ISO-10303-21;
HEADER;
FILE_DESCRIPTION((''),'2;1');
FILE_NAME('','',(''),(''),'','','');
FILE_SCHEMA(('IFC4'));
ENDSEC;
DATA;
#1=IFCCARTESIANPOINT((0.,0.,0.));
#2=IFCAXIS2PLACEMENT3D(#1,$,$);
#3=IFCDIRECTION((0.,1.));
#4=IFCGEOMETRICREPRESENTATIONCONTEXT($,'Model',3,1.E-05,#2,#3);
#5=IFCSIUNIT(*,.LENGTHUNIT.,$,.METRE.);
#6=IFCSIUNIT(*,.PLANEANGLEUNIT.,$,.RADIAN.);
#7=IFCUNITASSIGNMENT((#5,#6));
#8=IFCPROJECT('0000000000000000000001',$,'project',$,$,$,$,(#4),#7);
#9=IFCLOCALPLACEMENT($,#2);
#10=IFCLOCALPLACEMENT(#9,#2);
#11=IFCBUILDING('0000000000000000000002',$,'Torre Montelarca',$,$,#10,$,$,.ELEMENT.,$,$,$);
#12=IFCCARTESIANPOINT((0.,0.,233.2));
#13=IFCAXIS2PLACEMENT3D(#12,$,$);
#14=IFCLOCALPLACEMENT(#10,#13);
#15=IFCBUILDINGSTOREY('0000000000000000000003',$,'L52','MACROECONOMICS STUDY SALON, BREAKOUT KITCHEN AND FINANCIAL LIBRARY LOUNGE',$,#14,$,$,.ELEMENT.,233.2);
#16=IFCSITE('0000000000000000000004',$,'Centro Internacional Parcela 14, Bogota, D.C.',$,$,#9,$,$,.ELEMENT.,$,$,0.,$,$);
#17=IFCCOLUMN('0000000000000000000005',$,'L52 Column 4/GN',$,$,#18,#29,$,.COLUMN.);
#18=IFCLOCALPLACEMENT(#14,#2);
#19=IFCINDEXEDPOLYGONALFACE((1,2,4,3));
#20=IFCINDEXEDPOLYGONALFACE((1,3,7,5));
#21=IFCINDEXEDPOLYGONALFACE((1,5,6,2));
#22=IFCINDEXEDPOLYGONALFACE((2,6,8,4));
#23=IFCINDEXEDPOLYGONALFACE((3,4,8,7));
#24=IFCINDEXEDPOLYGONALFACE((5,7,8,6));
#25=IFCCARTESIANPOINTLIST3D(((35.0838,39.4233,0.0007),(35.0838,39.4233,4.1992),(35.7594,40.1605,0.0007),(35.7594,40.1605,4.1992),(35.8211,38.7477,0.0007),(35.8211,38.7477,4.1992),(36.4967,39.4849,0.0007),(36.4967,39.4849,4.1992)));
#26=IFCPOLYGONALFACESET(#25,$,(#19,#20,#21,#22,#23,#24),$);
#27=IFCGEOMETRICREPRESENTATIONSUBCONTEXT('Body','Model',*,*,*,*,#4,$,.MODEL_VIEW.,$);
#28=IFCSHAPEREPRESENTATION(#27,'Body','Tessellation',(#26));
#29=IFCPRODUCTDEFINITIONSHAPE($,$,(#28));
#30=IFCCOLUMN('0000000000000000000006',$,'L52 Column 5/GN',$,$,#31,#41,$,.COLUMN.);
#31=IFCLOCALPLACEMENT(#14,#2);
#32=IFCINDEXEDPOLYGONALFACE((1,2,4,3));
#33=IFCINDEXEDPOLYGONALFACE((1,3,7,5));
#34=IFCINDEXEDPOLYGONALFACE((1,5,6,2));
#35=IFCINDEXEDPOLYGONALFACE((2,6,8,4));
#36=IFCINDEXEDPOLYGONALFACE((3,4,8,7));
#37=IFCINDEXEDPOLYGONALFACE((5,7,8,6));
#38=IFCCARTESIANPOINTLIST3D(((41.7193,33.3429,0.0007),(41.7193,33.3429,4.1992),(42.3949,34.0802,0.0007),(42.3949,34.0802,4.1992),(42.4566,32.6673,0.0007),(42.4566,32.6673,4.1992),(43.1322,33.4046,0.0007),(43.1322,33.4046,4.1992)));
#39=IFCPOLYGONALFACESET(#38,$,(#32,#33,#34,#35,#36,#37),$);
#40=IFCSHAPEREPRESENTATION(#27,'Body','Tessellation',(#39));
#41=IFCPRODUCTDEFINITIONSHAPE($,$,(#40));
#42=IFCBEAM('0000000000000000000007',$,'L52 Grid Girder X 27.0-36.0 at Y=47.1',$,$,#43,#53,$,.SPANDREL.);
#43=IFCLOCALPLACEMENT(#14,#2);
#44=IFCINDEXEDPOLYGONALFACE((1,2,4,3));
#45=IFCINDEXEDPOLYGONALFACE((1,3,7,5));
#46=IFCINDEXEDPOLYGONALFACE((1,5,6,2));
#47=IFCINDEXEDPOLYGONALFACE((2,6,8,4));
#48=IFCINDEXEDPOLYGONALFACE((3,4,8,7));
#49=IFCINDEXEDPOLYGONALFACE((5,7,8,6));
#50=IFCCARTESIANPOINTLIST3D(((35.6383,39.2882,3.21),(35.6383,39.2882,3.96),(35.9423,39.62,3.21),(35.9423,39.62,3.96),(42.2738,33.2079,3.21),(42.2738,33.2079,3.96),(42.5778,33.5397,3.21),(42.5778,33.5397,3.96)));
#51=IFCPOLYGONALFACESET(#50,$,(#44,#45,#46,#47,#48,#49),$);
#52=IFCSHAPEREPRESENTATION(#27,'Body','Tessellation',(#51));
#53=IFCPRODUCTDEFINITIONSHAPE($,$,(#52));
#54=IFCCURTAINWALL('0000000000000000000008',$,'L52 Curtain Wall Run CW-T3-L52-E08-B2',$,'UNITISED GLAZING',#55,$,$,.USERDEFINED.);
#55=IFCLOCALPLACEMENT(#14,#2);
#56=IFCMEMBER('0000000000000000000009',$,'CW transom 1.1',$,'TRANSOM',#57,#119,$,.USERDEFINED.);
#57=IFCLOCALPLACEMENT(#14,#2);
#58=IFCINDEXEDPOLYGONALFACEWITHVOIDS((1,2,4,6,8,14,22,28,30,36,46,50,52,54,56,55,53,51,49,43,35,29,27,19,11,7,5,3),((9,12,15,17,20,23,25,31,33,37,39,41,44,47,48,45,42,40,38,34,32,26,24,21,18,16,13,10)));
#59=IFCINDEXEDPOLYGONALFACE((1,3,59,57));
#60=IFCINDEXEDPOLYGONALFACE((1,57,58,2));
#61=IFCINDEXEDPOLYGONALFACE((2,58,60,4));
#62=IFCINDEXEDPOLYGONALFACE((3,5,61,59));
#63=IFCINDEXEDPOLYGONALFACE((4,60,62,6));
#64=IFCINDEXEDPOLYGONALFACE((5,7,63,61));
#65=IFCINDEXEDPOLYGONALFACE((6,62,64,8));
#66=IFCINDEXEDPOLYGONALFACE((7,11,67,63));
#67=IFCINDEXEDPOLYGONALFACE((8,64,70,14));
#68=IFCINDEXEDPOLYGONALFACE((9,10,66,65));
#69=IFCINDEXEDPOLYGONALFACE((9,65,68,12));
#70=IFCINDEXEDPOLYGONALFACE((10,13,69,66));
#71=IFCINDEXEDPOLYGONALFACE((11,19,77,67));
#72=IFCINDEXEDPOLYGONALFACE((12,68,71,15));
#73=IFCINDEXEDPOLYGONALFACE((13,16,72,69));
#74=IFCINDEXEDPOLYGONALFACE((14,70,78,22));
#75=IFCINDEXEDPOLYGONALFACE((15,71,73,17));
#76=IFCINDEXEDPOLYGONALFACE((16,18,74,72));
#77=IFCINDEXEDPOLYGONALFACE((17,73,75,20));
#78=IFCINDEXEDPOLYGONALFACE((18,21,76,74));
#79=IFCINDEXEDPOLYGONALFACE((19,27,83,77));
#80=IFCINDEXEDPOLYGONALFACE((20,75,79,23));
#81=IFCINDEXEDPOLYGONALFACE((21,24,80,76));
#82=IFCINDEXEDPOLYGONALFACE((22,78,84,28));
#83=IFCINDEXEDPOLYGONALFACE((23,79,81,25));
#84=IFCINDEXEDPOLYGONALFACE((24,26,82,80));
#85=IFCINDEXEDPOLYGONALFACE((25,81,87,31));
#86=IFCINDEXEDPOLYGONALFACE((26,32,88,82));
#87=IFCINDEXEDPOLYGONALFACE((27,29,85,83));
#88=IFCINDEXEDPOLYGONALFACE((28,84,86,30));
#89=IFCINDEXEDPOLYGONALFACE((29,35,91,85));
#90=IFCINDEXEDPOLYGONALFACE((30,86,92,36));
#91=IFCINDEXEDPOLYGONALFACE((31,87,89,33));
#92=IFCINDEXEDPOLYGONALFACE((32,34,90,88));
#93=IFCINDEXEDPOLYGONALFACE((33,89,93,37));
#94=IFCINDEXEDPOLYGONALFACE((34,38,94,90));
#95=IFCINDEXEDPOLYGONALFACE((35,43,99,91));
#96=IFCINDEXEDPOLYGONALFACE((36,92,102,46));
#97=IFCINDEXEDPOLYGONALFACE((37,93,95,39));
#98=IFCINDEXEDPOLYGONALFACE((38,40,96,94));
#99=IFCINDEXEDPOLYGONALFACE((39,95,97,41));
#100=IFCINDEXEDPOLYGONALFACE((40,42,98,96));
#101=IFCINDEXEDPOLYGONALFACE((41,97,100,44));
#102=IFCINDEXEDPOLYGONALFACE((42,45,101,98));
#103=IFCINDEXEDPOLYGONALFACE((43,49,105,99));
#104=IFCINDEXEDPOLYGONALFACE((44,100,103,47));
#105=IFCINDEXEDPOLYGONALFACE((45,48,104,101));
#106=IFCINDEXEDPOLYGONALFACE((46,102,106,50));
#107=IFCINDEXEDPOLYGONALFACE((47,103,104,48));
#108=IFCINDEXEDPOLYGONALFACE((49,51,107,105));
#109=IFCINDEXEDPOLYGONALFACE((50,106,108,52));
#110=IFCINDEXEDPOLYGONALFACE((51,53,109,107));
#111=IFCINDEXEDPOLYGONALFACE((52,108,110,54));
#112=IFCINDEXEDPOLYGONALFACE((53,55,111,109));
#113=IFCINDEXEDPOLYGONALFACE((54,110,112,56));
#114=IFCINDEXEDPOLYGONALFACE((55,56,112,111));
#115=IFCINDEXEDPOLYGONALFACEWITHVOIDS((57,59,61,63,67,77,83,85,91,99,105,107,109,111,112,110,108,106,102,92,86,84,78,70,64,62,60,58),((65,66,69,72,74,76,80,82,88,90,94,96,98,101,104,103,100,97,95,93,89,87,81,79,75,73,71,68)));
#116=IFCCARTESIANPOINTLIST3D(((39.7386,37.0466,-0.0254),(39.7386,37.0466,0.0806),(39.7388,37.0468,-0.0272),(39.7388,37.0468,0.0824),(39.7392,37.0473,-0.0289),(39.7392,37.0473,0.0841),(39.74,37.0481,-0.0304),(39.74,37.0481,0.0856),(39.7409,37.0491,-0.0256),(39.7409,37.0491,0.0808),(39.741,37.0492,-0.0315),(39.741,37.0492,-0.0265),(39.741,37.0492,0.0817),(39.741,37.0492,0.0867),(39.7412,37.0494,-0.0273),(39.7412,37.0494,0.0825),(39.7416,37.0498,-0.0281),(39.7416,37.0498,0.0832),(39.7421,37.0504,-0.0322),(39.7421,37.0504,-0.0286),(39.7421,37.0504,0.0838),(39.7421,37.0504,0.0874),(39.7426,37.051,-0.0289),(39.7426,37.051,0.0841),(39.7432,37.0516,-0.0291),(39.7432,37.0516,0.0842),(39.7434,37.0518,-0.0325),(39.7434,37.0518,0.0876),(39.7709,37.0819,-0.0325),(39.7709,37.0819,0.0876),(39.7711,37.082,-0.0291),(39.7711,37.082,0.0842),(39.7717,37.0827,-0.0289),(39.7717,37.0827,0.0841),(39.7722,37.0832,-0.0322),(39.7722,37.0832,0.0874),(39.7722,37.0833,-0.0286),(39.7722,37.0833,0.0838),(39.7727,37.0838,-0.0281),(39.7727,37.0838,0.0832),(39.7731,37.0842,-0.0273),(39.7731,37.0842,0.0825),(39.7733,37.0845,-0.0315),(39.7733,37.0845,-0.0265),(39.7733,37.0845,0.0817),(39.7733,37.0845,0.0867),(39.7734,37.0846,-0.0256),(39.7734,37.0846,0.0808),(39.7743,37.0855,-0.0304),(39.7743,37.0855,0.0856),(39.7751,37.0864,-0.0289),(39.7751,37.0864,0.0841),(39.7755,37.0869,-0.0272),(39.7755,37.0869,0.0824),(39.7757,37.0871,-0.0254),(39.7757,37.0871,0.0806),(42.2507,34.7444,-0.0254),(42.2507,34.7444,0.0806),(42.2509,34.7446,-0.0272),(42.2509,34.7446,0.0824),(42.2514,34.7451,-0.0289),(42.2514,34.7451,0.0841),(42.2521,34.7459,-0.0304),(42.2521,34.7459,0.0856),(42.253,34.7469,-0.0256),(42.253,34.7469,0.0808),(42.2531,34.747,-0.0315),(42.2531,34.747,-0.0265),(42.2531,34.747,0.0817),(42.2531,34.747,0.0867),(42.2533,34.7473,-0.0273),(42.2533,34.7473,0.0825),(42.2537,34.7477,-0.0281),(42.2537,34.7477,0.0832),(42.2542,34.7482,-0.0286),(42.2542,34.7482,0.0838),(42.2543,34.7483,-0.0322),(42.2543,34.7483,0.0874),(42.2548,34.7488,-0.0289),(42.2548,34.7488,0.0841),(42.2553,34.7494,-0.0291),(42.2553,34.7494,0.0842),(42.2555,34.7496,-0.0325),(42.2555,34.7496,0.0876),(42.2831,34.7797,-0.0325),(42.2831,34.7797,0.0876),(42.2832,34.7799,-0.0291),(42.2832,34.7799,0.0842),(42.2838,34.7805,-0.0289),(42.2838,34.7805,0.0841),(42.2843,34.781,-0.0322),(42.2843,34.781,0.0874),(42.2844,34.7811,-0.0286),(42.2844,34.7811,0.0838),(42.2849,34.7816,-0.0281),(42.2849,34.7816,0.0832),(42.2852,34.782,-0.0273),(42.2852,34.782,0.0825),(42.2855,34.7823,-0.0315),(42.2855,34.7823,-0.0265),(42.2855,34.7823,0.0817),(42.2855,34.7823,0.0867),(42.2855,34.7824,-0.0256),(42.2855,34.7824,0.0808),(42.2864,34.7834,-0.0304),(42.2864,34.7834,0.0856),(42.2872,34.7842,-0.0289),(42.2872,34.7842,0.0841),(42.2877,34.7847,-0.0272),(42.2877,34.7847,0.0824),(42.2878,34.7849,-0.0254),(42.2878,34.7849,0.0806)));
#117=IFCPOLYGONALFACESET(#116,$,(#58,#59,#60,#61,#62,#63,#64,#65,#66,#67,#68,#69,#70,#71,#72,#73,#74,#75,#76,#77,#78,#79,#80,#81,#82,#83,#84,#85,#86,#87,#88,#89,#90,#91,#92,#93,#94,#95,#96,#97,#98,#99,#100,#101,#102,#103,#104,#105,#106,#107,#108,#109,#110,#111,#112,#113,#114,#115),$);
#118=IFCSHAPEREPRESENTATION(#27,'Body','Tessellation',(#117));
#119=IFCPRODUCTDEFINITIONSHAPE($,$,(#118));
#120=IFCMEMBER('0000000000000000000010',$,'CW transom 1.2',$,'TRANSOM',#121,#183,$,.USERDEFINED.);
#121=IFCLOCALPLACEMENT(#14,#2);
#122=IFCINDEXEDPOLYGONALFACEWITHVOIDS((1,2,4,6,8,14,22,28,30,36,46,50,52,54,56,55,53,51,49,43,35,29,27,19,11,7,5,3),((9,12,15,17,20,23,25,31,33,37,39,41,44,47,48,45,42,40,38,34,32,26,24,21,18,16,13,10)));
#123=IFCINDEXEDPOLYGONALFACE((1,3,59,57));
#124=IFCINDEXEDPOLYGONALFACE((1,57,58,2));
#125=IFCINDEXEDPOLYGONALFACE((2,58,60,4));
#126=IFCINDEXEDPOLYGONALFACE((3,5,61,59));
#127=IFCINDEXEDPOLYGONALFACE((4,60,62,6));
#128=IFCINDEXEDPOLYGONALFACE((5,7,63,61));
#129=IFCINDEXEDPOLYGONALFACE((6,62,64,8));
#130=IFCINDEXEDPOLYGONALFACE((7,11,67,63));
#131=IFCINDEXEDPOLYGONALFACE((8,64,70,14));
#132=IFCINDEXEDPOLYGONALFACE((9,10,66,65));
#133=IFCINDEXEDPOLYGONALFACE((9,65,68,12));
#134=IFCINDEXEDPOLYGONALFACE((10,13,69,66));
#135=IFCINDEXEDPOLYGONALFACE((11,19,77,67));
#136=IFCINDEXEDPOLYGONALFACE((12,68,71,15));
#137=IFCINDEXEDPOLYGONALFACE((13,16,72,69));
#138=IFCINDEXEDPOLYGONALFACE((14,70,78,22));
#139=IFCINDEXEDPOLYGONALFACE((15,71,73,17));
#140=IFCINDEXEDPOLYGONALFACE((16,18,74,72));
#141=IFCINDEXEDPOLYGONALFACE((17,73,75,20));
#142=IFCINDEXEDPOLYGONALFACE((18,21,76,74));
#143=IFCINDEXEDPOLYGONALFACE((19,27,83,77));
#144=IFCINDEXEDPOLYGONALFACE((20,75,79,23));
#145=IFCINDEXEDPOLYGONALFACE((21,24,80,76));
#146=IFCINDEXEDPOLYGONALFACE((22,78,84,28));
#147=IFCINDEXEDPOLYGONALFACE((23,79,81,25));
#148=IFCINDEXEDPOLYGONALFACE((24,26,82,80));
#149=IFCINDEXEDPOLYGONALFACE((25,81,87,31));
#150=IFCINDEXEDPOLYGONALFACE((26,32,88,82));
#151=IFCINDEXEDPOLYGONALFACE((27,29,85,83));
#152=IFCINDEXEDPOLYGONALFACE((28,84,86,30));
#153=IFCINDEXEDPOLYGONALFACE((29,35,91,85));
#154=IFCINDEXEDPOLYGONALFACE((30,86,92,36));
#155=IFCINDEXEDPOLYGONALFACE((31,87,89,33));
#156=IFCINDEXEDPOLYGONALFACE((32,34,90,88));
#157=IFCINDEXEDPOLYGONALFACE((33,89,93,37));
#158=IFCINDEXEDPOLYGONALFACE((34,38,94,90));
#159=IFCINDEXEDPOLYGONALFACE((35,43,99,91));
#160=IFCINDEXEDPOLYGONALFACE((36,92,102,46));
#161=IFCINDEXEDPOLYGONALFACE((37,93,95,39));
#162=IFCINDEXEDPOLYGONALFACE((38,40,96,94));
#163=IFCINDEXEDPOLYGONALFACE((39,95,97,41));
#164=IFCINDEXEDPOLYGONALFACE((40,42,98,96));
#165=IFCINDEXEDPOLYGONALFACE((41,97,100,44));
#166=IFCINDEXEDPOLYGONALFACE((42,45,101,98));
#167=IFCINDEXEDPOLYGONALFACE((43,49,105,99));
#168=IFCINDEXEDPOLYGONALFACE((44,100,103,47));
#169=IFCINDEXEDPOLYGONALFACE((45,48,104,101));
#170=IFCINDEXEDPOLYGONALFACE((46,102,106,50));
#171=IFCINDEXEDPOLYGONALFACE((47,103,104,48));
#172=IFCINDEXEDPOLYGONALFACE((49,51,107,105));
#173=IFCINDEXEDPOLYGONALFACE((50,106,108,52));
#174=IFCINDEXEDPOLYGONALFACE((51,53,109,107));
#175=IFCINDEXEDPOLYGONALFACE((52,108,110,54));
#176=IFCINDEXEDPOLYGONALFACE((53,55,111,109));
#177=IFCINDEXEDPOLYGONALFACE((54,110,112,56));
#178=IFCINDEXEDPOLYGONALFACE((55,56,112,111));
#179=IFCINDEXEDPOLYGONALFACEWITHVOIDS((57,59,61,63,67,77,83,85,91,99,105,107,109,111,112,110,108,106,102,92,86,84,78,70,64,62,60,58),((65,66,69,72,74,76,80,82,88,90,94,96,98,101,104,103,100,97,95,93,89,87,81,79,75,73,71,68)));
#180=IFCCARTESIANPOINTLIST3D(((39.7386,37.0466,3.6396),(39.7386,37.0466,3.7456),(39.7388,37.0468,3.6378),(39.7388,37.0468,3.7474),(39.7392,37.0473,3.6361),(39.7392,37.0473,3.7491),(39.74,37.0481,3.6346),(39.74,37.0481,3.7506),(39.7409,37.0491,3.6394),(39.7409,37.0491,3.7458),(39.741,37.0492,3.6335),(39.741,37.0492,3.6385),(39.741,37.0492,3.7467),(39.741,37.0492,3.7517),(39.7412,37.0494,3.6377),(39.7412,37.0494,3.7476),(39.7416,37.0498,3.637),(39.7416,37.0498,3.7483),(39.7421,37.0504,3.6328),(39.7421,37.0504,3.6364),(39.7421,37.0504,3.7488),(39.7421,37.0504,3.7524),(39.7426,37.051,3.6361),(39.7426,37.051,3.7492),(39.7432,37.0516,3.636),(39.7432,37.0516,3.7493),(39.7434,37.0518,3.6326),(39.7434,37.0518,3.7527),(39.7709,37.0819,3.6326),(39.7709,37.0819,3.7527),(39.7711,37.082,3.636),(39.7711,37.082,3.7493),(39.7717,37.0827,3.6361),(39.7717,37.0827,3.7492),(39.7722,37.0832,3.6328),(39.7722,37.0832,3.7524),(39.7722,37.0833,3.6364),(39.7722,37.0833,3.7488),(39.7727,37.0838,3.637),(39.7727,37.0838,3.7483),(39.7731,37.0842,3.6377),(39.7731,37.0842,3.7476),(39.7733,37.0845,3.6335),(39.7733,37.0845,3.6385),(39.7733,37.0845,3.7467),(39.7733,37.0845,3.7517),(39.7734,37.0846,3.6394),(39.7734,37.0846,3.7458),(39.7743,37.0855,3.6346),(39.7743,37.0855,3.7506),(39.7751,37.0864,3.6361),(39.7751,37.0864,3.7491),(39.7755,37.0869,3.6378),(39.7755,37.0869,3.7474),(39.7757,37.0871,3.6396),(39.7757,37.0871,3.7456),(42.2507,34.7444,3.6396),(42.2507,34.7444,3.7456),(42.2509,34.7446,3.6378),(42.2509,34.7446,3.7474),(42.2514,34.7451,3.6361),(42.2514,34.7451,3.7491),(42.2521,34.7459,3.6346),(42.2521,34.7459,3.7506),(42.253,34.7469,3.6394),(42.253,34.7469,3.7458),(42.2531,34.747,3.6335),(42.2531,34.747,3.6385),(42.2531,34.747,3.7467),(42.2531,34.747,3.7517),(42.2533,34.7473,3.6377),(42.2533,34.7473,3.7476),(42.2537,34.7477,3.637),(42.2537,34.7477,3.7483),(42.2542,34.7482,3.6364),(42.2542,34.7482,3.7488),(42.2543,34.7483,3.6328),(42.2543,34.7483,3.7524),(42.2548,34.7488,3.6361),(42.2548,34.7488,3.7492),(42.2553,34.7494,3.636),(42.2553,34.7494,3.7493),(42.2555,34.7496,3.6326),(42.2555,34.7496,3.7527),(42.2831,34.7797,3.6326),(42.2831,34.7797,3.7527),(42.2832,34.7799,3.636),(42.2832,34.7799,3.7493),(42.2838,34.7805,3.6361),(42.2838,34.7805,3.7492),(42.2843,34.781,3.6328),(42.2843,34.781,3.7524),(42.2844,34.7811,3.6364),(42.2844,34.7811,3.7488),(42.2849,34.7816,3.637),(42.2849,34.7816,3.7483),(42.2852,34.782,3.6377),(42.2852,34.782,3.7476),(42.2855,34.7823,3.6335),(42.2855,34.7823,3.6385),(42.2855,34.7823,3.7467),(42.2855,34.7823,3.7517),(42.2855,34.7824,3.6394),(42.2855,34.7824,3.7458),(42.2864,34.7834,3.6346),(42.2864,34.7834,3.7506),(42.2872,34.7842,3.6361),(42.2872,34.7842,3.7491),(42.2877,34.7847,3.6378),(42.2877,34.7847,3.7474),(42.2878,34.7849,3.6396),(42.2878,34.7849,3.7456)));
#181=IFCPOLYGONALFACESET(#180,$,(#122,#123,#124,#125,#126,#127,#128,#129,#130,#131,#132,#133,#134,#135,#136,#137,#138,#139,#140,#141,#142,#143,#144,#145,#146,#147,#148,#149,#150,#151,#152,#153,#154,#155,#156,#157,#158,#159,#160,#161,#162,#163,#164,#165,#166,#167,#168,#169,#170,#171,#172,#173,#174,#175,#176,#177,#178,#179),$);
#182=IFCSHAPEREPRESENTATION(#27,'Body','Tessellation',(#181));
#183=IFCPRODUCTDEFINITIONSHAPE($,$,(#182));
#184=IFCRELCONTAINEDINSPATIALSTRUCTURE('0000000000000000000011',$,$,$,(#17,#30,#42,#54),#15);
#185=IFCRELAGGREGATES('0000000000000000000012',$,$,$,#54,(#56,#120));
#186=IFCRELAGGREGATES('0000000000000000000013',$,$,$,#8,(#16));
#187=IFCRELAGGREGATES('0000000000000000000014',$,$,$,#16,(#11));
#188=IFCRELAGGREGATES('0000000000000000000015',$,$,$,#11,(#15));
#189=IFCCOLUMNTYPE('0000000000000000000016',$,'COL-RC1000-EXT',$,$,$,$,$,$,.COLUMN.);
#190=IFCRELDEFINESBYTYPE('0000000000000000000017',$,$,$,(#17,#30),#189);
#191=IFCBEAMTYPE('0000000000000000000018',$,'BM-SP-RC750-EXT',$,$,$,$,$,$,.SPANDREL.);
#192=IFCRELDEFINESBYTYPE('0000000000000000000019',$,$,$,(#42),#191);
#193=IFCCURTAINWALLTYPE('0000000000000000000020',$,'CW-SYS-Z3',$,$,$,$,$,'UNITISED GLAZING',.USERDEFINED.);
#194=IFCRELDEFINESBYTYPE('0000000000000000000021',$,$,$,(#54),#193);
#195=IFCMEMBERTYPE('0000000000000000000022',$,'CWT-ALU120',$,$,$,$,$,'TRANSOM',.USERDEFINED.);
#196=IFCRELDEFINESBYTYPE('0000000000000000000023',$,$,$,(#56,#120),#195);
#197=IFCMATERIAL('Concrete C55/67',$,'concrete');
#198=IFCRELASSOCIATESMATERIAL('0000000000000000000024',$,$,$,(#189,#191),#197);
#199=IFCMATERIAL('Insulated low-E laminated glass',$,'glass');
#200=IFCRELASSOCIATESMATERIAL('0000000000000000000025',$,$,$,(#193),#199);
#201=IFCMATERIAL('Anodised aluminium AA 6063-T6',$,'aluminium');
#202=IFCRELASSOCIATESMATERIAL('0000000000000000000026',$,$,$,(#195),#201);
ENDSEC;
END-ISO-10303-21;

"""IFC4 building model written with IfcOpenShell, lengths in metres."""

from ifc_helpers import new_model, si_unit, direction, frame, origin, origin_2d, place, context, subcontext, project, spatial, rectangle, hollow_rectangle, extrude, source, transform, mapped, material, material_profile, profile_set, type_object, element, aggregate, save


model = new_model("IFC4")

# Units and contexts
model_context = context("Model", 3, precision=1e-05, world=origin(), true_north=direction((0.0, 1.0)))
body_context = subcontext(model_context, "Body", "Model", "MODEL_VIEW")
ifc_project = project(units=[si_unit("LENGTHUNIT", "METRE"), si_unit("PLANEANGLEUNIT", "RADIAN")], contexts=[model_context])

# Site, building, storey
site_placement = place(None, origin())
site = spatial("IfcSite", under=ifc_project, at=site_placement, Name="Centro Internacional Parcela 14, Bogota, D.C.", CompositionType="ELEMENT", RefElevation=0.0)
building_placement = place(site_placement, origin())
building = spatial("IfcBuilding", under=site, at=building_placement, Name="Torre Montelarca", CompositionType="ELEMENT")
storey_placement = place(building_placement, frame((0.0, 0.0, 233.2)))
storey = spatial("IfcBuildingStorey", under=building, at=storey_placement, Name="L52", Description="MACROECONOMICS STUDY SALON, BREAKOUT KITCHEN AND FINANCIAL LIBRARY LOUNGE", CompositionType="ELEMENT", Elevation=233.2)

# Columns
ifc_material_1 = material(Name="Concrete C55/67", Category="concrete")
ifc_material_profile_1 = material_profile(ifc_material_1, rectangle(XDim=1.0, YDim=1.0, at=origin_2d()), Name="RC1000X1000", Category="concrete")
ifc_profile_set_1 = profile_set([ifc_material_profile_1], Name="Concrete C55/67")
column_type = type_object("IfcColumnType", Name="COL-RC1000-EXT", PredefinedType="COLUMN", material=ifc_profile_set_1)
shared_shape_1 = source(origin(), body_context, "Body", "SweptSolid", [
    extrude(rectangle(XDim=1.0, YDim=1.0, at=origin_2d()), origin(), (0.0, 0.0, 1.0), 4.1985),
])
for number, where, z_axis, x_axis, name in (
    (1, (35.7903, 39.4541, 0.0007), (0.0, 0.0, 1.0), (-0.737277, 0.67559, 0.0), "L52 Column 4/GN"),
    (2, (42.4258, 33.3738, 0.0007), (0.0, 0.0, 1.0), (-0.737277, 0.67559, 0.0), "L52 Column 5/GN"),
):
    element("IfcColumn", number, at=place(storey_placement, frame(where, z_axis=z_axis, x_axis=x_axis)), inside=storey, type_object=column_type, Name=name, PredefinedType="COLUMN", context=body_context, shape_type="MappedRepresentation", body=[
        mapped(shared_shape_1, transform((0.0, 0.0, 0.0), scale=1.0)),
    ])

# Beam
ifc_material_profile_2 = material_profile(ifc_material_1, rectangle(XDim=0.45, YDim=0.75, at=origin_2d()), Name="RCB450X750", Category="concrete")
ifc_profile_set_2 = profile_set([ifc_material_profile_2], Name="Concrete C55/67")
beam_type = type_object("IfcBeamType", Name="BM-SP-RC750-EXT", PredefinedType="SPANDREL", material=ifc_profile_set_2)
shared_shape_2 = source(origin(), body_context, "Body", "SweptSolid", [
    extrude(rectangle(XDim=0.45, YDim=0.75, at=origin_2d()), origin(), (0.0, 0.0, 1.0), 9.0),
])
beam_placement = place(storey_placement, frame((35.7903, 39.4541, 3.585), z_axis=(0.737277, -0.675591, 0.0), x_axis=(0.675591, 0.737277, 0.0)))
element("IfcBeam", 3, at=beam_placement, inside=storey, type_object=beam_type, Name="L52 Grid Girder X 27.0-36.0 at Y=47.1", PredefinedType="SPANDREL", context=body_context, shape_type="MappedRepresentation", body=[
    mapped(shared_shape_2, transform((0.0, 0.0, 0.0), scale=1.0)),
])

# Curtain wall, members
ifc_material_2 = material(Name="Insulated low-E laminated glass", Category="glass")
curtain_wall_type = type_object("IfcCurtainWallType", Name="CW-SYS-Z3", ElementType="UNITISED GLAZING", PredefinedType="USERDEFINED", material=ifc_material_2)
curtain_wall_1_placement = place(storey_placement, origin())
curtain_wall_1 = element("IfcCurtainWall", 4, at=curtain_wall_1_placement, inside=storey, type_object=curtain_wall_type, Name="L52 Curtain Wall Run CW-T3-L52-E08-B2", ObjectType="UNITISED GLAZING", PredefinedType="USERDEFINED")
ifc_material_3 = material(Name="Anodised aluminium AA 6063-T6", Category="aluminium")
ifc_material_profile_3 = material_profile(ifc_material_3, hollow_rectangle(XDim=0.0549, YDim=0.1201, WallThickness=0.0034, InnerFilletRadius=0.0034, OuterFilletRadius=0.0071, at=origin_2d()), Name="ALU55X120X3.5", Category="aluminium")
ifc_profile_set_3 = profile_set([ifc_material_profile_3], Name="Anodised aluminium AA 6063-T6")
member_type_1 = type_object("IfcMemberType", Name="CWT-ALU120", ElementType="TRANSOM", PredefinedType="USERDEFINED", material=ifc_profile_set_3)
shared_shape_3 = source(origin(), body_context, "Body", "SweptSolid", [
    extrude(hollow_rectangle(XDim=0.0549, YDim=0.1201, WallThickness=0.0034, InnerFilletRadius=0.0034, OuterFilletRadius=0.0071, at=origin_2d()), origin(), (0.0, 0.0, 1.0), 3.4075),
])
member_1_placement = place(storey_placement, frame((42.2693, 34.7646, 0.0276), z_axis=(-0.737243, 0.675627, 0.0), x_axis=(-0.675627, -0.737243, 0.0)))
member_1 = element("IfcMember", 5, at=member_1_placement, type_object=member_type_1, Name="CW transom 1.1", ObjectType="TRANSOM", PredefinedType="USERDEFINED", context=body_context, shape_type="MappedRepresentation", body=[
    mapped(shared_shape_3, transform((0.0, 0.0, 0.0), scale=1.0)),
])
member_2_placement = place(storey_placement, frame((42.2693, 34.7646, 3.6926), z_axis=(-0.737243, 0.675627, 0.0), x_axis=(-0.675627, -0.737243, 0.0)))
member_2 = element("IfcMember", 6, at=member_2_placement, type_object=member_type_1, Name="CW transom 1.2", ObjectType="TRANSOM", PredefinedType="USERDEFINED", context=body_context, shape_type="MappedRepresentation", body=[
    mapped(shared_shape_3, transform((0.0, 0.0, 0.0), scale=1.0)),
])

aggregate(curtain_wall_1, [member_1, member_2])

save(model, "model.ifc")
